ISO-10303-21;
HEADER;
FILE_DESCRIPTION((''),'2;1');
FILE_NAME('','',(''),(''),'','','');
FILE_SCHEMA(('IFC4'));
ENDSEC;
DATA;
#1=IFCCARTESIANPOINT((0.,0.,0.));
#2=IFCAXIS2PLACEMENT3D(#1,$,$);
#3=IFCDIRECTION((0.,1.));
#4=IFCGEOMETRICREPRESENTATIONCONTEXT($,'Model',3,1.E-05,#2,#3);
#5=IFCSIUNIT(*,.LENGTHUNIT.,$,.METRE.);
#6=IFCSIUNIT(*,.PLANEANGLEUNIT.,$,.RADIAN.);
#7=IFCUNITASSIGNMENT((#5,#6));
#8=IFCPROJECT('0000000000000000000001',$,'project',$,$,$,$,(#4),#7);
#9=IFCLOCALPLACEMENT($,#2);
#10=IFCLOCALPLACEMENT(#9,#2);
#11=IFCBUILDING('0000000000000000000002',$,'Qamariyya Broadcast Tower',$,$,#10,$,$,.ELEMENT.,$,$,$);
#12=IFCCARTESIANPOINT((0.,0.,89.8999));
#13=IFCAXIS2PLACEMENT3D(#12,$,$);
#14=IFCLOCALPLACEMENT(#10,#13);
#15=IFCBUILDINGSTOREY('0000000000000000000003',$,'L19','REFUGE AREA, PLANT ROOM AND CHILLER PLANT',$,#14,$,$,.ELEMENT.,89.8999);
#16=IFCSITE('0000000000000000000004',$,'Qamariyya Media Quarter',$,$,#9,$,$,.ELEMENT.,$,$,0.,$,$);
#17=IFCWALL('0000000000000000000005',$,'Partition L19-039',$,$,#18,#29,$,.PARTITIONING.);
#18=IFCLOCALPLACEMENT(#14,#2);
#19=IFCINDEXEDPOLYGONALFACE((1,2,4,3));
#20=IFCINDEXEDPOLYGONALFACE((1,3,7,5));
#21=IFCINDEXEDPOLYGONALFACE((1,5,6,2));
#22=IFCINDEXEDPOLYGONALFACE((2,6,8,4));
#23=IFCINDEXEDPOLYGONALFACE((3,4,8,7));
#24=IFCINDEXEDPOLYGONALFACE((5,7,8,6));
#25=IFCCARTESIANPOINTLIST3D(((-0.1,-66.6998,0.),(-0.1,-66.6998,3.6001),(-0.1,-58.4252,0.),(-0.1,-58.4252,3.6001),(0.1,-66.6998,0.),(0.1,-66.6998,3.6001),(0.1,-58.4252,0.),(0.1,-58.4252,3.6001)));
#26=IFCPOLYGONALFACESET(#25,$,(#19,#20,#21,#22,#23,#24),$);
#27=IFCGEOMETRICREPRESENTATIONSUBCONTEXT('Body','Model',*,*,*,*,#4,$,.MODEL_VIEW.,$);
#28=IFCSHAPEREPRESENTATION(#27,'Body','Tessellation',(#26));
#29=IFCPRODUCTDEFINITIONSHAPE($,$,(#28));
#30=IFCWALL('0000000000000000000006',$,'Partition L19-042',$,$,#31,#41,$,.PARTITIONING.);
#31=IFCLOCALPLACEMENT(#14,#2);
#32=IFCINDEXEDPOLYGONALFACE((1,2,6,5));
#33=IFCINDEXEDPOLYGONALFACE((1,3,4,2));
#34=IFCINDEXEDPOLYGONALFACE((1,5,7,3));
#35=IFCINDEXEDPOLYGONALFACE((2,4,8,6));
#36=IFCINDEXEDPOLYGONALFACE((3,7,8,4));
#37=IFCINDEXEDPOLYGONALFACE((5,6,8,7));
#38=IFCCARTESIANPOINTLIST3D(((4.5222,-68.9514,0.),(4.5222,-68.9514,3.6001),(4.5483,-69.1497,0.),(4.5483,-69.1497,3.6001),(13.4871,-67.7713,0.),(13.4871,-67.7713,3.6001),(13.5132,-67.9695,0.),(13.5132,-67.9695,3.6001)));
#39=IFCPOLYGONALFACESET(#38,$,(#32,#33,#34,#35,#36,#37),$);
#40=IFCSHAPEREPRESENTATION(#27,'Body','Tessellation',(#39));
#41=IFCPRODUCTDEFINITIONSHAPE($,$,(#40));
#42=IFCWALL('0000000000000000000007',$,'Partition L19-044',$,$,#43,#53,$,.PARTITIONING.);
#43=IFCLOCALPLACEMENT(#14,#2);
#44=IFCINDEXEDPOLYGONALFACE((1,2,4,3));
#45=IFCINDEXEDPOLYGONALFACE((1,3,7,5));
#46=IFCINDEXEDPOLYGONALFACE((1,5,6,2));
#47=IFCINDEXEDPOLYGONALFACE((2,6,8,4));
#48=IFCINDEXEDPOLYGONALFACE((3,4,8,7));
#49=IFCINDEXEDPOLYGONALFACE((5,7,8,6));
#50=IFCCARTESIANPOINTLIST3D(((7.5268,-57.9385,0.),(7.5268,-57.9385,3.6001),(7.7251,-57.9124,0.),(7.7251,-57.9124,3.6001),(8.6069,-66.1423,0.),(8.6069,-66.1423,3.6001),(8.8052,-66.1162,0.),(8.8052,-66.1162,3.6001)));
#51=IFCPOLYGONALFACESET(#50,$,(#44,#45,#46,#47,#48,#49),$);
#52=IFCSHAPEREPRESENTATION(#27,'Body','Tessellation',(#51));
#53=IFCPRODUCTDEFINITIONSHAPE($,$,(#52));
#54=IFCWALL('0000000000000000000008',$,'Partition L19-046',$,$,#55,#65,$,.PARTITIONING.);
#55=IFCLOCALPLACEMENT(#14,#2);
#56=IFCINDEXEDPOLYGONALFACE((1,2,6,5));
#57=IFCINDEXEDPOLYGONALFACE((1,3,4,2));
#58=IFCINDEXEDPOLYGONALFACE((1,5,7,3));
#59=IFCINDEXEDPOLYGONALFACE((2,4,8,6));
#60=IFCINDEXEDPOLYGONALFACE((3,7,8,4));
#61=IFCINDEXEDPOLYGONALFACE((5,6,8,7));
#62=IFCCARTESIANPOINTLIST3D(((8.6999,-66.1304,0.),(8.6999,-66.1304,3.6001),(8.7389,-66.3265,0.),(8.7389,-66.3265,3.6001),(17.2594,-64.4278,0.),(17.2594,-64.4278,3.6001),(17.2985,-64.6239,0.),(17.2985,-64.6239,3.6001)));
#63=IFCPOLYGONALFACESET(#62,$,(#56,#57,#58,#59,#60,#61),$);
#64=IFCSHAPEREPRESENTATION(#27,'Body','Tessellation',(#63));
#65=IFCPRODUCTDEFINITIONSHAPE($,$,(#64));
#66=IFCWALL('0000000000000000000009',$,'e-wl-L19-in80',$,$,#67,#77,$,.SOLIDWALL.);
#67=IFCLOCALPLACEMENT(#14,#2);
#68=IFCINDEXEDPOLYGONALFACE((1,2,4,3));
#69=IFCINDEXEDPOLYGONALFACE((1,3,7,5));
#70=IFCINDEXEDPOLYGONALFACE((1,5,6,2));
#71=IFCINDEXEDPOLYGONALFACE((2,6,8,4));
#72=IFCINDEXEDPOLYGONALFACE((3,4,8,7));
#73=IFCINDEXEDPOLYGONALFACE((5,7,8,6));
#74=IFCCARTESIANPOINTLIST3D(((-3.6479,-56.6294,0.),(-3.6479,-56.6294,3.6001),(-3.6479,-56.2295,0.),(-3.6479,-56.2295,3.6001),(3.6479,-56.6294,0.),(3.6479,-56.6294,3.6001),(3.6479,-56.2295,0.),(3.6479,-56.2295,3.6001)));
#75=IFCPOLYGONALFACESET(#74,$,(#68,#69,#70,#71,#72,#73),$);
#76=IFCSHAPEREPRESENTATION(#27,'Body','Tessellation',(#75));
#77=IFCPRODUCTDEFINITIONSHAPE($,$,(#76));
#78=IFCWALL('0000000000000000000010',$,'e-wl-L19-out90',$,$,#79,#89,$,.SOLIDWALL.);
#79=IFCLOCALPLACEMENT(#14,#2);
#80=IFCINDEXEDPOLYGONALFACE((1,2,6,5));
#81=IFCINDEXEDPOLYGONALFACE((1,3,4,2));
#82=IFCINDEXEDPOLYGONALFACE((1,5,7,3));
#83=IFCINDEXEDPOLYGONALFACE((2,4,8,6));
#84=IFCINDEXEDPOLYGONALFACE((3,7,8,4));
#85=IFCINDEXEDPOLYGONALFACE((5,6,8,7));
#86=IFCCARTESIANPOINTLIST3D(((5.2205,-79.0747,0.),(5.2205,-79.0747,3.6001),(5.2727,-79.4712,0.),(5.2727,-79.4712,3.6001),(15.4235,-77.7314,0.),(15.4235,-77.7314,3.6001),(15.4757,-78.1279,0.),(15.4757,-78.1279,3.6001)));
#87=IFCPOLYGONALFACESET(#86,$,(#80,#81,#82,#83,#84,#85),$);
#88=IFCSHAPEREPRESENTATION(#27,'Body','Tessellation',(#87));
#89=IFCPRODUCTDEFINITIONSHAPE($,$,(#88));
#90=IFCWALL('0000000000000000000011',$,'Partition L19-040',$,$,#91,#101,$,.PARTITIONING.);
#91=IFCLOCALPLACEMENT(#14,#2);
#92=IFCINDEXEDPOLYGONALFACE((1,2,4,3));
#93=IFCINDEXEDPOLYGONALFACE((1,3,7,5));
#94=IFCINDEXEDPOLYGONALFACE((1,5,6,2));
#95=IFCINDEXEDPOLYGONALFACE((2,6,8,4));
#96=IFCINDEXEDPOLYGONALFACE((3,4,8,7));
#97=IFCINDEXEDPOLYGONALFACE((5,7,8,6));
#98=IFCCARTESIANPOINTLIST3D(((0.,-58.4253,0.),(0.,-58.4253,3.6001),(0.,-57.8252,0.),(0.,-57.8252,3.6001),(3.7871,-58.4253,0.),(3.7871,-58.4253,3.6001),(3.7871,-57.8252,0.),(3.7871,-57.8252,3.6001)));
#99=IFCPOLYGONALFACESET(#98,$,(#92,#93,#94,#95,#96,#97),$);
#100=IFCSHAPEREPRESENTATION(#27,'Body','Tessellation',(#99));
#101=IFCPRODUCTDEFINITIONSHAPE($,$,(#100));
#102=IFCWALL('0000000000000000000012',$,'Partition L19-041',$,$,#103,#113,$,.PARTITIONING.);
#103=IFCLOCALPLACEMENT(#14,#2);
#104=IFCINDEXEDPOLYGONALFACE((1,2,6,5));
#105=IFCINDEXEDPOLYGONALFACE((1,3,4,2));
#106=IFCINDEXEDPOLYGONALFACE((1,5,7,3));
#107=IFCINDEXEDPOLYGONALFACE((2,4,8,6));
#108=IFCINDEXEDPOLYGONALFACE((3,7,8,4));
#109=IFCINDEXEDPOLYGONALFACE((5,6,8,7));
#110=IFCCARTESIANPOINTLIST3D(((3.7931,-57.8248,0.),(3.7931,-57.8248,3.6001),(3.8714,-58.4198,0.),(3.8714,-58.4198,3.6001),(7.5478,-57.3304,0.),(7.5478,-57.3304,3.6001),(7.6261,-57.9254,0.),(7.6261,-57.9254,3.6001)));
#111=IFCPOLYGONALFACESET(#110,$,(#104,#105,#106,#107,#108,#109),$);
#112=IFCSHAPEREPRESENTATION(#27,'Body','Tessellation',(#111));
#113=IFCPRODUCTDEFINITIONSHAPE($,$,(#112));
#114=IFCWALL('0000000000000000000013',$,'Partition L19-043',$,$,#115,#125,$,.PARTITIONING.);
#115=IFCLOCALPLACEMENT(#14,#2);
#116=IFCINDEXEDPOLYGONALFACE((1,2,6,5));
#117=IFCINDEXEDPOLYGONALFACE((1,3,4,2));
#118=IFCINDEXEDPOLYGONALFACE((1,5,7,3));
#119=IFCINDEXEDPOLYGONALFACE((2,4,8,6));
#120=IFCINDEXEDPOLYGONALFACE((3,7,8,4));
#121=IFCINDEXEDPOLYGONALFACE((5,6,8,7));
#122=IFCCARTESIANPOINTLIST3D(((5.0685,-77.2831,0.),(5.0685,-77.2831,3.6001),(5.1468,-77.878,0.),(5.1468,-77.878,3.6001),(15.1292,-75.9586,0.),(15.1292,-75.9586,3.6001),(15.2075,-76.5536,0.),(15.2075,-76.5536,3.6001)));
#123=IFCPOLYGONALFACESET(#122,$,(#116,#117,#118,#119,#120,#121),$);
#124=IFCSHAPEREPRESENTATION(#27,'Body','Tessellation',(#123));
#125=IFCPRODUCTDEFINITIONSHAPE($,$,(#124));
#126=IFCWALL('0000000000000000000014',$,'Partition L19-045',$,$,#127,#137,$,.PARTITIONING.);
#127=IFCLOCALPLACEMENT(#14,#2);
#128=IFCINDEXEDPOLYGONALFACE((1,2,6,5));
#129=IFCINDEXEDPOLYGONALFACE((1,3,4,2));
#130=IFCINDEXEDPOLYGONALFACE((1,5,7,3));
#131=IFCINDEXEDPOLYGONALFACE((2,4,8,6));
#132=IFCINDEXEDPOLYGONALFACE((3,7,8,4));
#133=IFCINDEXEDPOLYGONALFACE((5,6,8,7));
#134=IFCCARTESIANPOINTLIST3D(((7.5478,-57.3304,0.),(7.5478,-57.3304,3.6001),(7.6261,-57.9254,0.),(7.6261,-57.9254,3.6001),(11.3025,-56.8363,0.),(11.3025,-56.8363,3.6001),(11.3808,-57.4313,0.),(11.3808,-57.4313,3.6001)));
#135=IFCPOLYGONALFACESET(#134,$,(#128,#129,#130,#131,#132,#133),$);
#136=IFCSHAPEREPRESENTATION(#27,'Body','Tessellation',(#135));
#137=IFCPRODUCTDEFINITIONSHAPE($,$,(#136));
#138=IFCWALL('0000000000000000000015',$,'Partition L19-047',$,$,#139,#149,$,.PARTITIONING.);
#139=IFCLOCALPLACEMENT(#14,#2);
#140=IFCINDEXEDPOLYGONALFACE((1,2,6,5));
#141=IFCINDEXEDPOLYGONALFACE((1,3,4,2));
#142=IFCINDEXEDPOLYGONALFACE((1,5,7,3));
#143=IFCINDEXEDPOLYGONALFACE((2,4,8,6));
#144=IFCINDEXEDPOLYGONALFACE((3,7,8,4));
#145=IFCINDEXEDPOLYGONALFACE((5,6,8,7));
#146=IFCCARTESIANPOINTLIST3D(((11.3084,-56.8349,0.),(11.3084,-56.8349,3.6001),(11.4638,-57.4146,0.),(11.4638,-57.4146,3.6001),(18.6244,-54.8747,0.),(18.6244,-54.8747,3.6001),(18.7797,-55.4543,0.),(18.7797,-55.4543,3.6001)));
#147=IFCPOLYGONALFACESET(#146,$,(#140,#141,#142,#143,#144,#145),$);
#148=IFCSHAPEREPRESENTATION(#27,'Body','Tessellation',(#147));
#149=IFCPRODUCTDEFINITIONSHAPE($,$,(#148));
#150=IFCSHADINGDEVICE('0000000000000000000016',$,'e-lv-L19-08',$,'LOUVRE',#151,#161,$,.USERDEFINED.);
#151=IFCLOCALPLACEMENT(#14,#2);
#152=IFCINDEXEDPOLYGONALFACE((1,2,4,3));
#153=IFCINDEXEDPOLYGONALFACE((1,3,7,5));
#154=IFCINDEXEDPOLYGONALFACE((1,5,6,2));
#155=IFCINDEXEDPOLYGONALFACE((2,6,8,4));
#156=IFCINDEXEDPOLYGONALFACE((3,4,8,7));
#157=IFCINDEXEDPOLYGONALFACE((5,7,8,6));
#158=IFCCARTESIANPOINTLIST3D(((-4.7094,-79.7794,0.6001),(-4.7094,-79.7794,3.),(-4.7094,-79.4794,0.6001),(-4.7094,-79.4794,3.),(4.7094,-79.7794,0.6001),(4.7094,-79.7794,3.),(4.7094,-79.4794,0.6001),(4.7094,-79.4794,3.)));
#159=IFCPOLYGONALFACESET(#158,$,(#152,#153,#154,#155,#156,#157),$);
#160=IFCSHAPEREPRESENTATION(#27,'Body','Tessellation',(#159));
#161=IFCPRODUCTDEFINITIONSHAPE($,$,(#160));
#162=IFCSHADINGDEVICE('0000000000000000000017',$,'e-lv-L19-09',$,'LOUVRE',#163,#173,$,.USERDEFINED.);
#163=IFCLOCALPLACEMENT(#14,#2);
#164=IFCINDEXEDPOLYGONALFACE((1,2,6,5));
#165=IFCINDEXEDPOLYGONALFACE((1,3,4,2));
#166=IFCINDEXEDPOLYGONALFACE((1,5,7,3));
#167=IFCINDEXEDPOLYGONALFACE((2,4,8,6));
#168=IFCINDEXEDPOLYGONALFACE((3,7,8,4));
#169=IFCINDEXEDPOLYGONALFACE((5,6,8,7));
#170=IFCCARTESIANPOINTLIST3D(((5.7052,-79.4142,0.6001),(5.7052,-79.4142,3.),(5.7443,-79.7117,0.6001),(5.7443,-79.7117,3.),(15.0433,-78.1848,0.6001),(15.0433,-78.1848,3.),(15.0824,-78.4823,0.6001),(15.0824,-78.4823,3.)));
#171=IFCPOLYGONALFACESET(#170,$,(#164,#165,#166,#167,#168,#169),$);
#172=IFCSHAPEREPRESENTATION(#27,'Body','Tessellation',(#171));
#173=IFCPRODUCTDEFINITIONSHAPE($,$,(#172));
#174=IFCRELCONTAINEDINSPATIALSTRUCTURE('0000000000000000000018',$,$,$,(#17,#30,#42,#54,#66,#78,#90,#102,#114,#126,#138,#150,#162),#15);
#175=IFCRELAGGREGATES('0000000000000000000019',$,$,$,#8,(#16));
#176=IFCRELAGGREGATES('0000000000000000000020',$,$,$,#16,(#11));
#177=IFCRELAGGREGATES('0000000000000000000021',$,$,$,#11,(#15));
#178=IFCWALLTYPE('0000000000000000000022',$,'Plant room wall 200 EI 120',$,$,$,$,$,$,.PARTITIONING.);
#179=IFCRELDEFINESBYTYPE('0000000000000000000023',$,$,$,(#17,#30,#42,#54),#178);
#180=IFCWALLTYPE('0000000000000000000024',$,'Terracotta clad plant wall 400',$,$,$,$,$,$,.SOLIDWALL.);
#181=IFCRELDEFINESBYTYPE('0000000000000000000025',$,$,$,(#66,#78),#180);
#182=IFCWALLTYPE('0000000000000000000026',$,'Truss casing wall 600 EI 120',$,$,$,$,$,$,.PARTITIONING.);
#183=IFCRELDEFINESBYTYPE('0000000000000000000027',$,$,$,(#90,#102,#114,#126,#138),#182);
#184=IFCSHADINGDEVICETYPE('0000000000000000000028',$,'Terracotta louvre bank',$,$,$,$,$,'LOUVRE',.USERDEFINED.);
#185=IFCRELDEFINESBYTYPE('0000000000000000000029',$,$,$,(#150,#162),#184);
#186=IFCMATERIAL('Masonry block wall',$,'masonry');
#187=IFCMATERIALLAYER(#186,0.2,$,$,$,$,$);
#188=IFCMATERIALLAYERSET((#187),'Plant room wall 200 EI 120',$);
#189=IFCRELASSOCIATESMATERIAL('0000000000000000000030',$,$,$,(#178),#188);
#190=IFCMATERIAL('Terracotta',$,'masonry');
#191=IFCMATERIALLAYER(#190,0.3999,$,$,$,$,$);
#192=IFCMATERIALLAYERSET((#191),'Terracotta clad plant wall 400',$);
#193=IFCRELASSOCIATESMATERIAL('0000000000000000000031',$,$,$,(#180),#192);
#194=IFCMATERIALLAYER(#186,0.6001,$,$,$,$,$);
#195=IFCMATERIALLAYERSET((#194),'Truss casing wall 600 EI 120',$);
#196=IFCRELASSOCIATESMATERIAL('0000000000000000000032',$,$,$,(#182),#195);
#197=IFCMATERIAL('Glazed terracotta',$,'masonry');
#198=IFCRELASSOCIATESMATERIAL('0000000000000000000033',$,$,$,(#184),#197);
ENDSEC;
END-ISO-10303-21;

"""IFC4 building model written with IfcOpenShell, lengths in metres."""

from ifc_helpers import new_model, si_unit, direction, frame, frame_2d, origin, origin_2d, place, context, subcontext, project, spatial, rectangle, extrude, material, layer, layer_set, type_object, element, save


model = new_model("IFC4")

# Units and contexts
model_context = context("Model", 3, precision=1e-05, world=origin(), true_north=direction((0.0, 1.0)))
body_context = subcontext(model_context, "Body", "Model", "MODEL_VIEW")
ifc_project = project(units=[si_unit("LENGTHUNIT", "METRE"), si_unit("PLANEANGLEUNIT", "RADIAN")], contexts=[model_context])

# Site, building, storey
site_placement = place(None, origin())
site = spatial("IfcSite", under=ifc_project, at=site_placement, Name="Qamariyya Media Quarter", CompositionType="ELEMENT", RefElevation=0.0)
building_placement = place(site_placement, origin())
building = spatial("IfcBuilding", under=site, at=building_placement, Name="Qamariyya Broadcast Tower", CompositionType="ELEMENT")
storey_placement = place(building_placement, frame((0.0, 0.0, 89.8999)))
storey = spatial("IfcBuildingStorey", under=building, at=storey_placement, Name="L19", Description="REFUGE AREA, PLANT ROOM AND CHILLER PLANT", CompositionType="ELEMENT", Elevation=89.8999)

# Shared definitions
ifc_material_1 = material(Name="Masonry block wall", Category="masonry")
ifc_layer_1 = layer(ifc_material_1, 0.2)
ifc_layer_set_1 = layer_set([ifc_layer_1], Name="Plant room wall 200 EI 120")
wall_type_1 = type_object("IfcWallType", Name="Plant room wall 200 EI 120", PredefinedType="PARTITIONING", material=ifc_layer_set_1)

# Walls
wall_1_placement = place(storey_placement, frame((0.0, -58.4253, 0.0), z_axis=(0.0, 0.0, 1.0), x_axis=(0.0, -1.0, 0.0)))
element("IfcWall", 1, at=wall_1_placement, inside=storey, type_object=wall_type_1, Name="Partition L19-039", PredefinedType="PARTITIONING", context=body_context, shape_type="SweptSolid", body=[
    extrude(rectangle(XDim=8.2747, YDim=0.2, at=frame_2d((4.1372, 0.0))), origin(), (0.0, 0.0, 1.0), 3.6001),
])
wall_2_placement = place(storey_placement, frame((4.5354, -69.0505, 0.0), z_axis=(0.0, 0.0, 1.0), x_axis=(0.991446, 0.130519, 0.0)))
element("IfcWall", 2, at=wall_2_placement, inside=storey, type_object=wall_type_1, Name="Partition L19-042", PredefinedType="PARTITIONING", context=body_context, shape_type="SweptSolid", body=[
    extrude(rectangle(XDim=9.0422, YDim=0.2, at=frame_2d((4.521, 0.0))), origin(), (0.0, 0.0, 1.0), 3.6001),
])
wall_3_placement = place(storey_placement, frame((7.626, -57.9255, 0.0), z_axis=(0.0, 0.0, 1.0), x_axis=(0.130529, -0.991445, 0.0)))
element("IfcWall", 3, at=wall_3_placement, inside=storey, type_object=wall_type_1, Name="Partition L19-044", PredefinedType="PARTITIONING", context=body_context, shape_type="SweptSolid", body=[
    extrude(rectangle(XDim=8.2747, YDim=0.2, at=frame_2d((4.1372, 0.0))), origin(), (0.0, 0.0, 1.0), 3.6001),
])
wall_4_placement = place(storey_placement, frame((8.7192, -66.2285, 0.0), z_axis=(0.0, 0.0, 1.0), x_axis=(0.980785, 0.195094, 0.0)))
element("IfcWall", 4, at=wall_4_placement, inside=storey, type_object=wall_type_1, Name="Partition L19-046", PredefinedType="PARTITIONING", context=body_context, shape_type="SweptSolid", body=[
    extrude(rectangle(XDim=8.7273, YDim=0.2, at=frame_2d((4.3638, 0.0))), origin(), (0.0, 0.0, 1.0), 3.6001),
])
ifc_material_2 = material(Name="Terracotta", Category="masonry")
ifc_layer_2 = layer(ifc_material_2, 0.3999)
ifc_layer_set_2 = layer_set([ifc_layer_2], Name="Terracotta clad plant wall 400")
wall_type_2 = type_object("IfcWallType", Name="Terracotta clad plant wall 400", PredefinedType="SOLIDWALL", material=ifc_layer_set_2)
wall_5_placement = place(storey_placement, frame((3.6479, -56.4294, 0.0), z_axis=(0.0, 0.0, 1.0), x_axis=(-1.0, 0.0, 0.0)))
element("IfcWall", 5, at=wall_5_placement, inside=storey, type_object=wall_type_2, Name="e-wl-L19-in80", PredefinedType="SOLIDWALL", context=body_context, shape_type="SweptSolid", body=[
    extrude(rectangle(XDim=7.2959, YDim=0.3999, at=frame_2d((3.6479, 0.0))), origin(), (0.0, 0.0, 1.0), 3.6001),
])
wall_6_placement = place(storey_placement, frame((5.2466, -79.2729, 0.0), z_axis=(0.0, 0.0, 1.0), x_axis=(0.991445, 0.130529, 0.0)))
element("IfcWall", 6, at=wall_6_placement, inside=storey, type_object=wall_type_2, Name="e-wl-L19-out90", PredefinedType="SOLIDWALL", context=body_context, shape_type="SweptSolid", body=[
    extrude(rectangle(XDim=10.291, YDim=0.3999, at=frame_2d((5.1455, 0.0))), origin(), (0.0, 0.0, 1.0), 3.6001),
])
ifc_layer_3 = layer(ifc_material_1, 0.6001)
ifc_layer_set_3 = layer_set([ifc_layer_3], Name="Truss casing wall 600 EI 120")
wall_type_3 = type_object("IfcWallType", Name="Truss casing wall 600 EI 120", PredefinedType="PARTITIONING", material=ifc_layer_set_3)
for number, where, z_axis, x_axis, name in (
    (7, (0.0, -58.1252, 0.0), (0.0, 0.0, 1.0), (1.0, 0.0, 0.0), "Partition L19-040"),
    (8, (3.8323, -58.1223, 0.0), (0.0, 0.0, 1.0), (0.991442, 0.130546, 0.0), "Partition L19-041"),
):
    element("IfcWall", number, at=place(storey_placement, frame(where, z_axis=z_axis, x_axis=x_axis)), inside=storey, type_object=wall_type_3, Name=name, PredefinedType="PARTITIONING", context=body_context, shape_type="SweptSolid", body=[
        extrude(rectangle(XDim=3.7871, YDim=0.6001, at=frame_2d((1.8936, 0.0))), origin(), (0.0, 0.0, 1.0), 3.6001),
    ])
wall_7_placement = place(storey_placement, frame((5.1077, -77.5806, 0.0), z_axis=(0.0, 0.0, 1.0), x_axis=(0.991445, 0.130523, 0.0)))
element("IfcWall", 9, at=wall_7_placement, inside=storey, type_object=wall_type_3, Name="Partition L19-043", PredefinedType="PARTITIONING", context=body_context, shape_type="SweptSolid", body=[
    extrude(rectangle(XDim=10.1475, YDim=0.6001, at=frame_2d((5.0737, 0.0))), origin(), (0.0, 0.0, 1.0), 3.6001),
])
wall_8_placement = place(storey_placement, frame((7.5869, -57.6279, 0.0), z_axis=(0.0, 0.0, 1.0), x_axis=(0.991451, 0.130483, 0.0)))
element("IfcWall", 10, at=wall_8_placement, inside=storey, type_object=wall_type_3, Name="Partition L19-045", PredefinedType="PARTITIONING", context=body_context, shape_type="SweptSolid", body=[
    extrude(rectangle(XDim=3.7871, YDim=0.6001, at=frame_2d((1.8936, 0.0))), origin(), (0.0, 0.0, 1.0), 3.6001),
])
wall_9_placement = place(storey_placement, frame((11.386, -57.1248, 0.0), z_axis=(0.0, 0.0, 1.0), x_axis=(0.965929, 0.258808, 0.0)))
element("IfcWall", 11, at=wall_9_placement, inside=storey, type_object=wall_type_3, Name="Partition L19-047", PredefinedType="PARTITIONING", context=body_context, shape_type="SweptSolid", body=[
    extrude(rectangle(XDim=7.574, YDim=0.6001, at=frame_2d((3.7871, 0.0))), origin(), (0.0, 0.0, 1.0), 3.6001),
])

# Shading devices
ifc_material_3 = material(Name="Glazed terracotta", Category="masonry")
shading_device_type = type_object("IfcShadingDeviceType", Name="Terracotta louvre bank", ElementType="LOUVRE", PredefinedType="USERDEFINED", material=ifc_material_3)
for number, where, z_axis, x_axis, name in (
    (12, (0.0, -79.6294, 0.6001), (0.0, 0.0, 1.0), (1.0, 0.0, 0.0), "e-lv-L19-08"),
    (13, (10.3938, -78.9482, 0.6001), (0.0, 0.0, 1.0), (0.991445, 0.130526, 0.0), "e-lv-L19-09"),
):
    element("IfcShadingDevice", number, at=place(storey_placement, frame(where, z_axis=z_axis, x_axis=x_axis)), inside=storey, type_object=shading_device_type, Name=name, ObjectType="LOUVRE", PredefinedType="USERDEFINED", context=body_context, shape_type="SweptSolid", body=[
        extrude(rectangle(XDim=9.4187, YDim=0.3, at=origin_2d()), origin(), (0.0, 0.0, 1.0), 2.3999),
    ])

save(model, "model.ifc")
